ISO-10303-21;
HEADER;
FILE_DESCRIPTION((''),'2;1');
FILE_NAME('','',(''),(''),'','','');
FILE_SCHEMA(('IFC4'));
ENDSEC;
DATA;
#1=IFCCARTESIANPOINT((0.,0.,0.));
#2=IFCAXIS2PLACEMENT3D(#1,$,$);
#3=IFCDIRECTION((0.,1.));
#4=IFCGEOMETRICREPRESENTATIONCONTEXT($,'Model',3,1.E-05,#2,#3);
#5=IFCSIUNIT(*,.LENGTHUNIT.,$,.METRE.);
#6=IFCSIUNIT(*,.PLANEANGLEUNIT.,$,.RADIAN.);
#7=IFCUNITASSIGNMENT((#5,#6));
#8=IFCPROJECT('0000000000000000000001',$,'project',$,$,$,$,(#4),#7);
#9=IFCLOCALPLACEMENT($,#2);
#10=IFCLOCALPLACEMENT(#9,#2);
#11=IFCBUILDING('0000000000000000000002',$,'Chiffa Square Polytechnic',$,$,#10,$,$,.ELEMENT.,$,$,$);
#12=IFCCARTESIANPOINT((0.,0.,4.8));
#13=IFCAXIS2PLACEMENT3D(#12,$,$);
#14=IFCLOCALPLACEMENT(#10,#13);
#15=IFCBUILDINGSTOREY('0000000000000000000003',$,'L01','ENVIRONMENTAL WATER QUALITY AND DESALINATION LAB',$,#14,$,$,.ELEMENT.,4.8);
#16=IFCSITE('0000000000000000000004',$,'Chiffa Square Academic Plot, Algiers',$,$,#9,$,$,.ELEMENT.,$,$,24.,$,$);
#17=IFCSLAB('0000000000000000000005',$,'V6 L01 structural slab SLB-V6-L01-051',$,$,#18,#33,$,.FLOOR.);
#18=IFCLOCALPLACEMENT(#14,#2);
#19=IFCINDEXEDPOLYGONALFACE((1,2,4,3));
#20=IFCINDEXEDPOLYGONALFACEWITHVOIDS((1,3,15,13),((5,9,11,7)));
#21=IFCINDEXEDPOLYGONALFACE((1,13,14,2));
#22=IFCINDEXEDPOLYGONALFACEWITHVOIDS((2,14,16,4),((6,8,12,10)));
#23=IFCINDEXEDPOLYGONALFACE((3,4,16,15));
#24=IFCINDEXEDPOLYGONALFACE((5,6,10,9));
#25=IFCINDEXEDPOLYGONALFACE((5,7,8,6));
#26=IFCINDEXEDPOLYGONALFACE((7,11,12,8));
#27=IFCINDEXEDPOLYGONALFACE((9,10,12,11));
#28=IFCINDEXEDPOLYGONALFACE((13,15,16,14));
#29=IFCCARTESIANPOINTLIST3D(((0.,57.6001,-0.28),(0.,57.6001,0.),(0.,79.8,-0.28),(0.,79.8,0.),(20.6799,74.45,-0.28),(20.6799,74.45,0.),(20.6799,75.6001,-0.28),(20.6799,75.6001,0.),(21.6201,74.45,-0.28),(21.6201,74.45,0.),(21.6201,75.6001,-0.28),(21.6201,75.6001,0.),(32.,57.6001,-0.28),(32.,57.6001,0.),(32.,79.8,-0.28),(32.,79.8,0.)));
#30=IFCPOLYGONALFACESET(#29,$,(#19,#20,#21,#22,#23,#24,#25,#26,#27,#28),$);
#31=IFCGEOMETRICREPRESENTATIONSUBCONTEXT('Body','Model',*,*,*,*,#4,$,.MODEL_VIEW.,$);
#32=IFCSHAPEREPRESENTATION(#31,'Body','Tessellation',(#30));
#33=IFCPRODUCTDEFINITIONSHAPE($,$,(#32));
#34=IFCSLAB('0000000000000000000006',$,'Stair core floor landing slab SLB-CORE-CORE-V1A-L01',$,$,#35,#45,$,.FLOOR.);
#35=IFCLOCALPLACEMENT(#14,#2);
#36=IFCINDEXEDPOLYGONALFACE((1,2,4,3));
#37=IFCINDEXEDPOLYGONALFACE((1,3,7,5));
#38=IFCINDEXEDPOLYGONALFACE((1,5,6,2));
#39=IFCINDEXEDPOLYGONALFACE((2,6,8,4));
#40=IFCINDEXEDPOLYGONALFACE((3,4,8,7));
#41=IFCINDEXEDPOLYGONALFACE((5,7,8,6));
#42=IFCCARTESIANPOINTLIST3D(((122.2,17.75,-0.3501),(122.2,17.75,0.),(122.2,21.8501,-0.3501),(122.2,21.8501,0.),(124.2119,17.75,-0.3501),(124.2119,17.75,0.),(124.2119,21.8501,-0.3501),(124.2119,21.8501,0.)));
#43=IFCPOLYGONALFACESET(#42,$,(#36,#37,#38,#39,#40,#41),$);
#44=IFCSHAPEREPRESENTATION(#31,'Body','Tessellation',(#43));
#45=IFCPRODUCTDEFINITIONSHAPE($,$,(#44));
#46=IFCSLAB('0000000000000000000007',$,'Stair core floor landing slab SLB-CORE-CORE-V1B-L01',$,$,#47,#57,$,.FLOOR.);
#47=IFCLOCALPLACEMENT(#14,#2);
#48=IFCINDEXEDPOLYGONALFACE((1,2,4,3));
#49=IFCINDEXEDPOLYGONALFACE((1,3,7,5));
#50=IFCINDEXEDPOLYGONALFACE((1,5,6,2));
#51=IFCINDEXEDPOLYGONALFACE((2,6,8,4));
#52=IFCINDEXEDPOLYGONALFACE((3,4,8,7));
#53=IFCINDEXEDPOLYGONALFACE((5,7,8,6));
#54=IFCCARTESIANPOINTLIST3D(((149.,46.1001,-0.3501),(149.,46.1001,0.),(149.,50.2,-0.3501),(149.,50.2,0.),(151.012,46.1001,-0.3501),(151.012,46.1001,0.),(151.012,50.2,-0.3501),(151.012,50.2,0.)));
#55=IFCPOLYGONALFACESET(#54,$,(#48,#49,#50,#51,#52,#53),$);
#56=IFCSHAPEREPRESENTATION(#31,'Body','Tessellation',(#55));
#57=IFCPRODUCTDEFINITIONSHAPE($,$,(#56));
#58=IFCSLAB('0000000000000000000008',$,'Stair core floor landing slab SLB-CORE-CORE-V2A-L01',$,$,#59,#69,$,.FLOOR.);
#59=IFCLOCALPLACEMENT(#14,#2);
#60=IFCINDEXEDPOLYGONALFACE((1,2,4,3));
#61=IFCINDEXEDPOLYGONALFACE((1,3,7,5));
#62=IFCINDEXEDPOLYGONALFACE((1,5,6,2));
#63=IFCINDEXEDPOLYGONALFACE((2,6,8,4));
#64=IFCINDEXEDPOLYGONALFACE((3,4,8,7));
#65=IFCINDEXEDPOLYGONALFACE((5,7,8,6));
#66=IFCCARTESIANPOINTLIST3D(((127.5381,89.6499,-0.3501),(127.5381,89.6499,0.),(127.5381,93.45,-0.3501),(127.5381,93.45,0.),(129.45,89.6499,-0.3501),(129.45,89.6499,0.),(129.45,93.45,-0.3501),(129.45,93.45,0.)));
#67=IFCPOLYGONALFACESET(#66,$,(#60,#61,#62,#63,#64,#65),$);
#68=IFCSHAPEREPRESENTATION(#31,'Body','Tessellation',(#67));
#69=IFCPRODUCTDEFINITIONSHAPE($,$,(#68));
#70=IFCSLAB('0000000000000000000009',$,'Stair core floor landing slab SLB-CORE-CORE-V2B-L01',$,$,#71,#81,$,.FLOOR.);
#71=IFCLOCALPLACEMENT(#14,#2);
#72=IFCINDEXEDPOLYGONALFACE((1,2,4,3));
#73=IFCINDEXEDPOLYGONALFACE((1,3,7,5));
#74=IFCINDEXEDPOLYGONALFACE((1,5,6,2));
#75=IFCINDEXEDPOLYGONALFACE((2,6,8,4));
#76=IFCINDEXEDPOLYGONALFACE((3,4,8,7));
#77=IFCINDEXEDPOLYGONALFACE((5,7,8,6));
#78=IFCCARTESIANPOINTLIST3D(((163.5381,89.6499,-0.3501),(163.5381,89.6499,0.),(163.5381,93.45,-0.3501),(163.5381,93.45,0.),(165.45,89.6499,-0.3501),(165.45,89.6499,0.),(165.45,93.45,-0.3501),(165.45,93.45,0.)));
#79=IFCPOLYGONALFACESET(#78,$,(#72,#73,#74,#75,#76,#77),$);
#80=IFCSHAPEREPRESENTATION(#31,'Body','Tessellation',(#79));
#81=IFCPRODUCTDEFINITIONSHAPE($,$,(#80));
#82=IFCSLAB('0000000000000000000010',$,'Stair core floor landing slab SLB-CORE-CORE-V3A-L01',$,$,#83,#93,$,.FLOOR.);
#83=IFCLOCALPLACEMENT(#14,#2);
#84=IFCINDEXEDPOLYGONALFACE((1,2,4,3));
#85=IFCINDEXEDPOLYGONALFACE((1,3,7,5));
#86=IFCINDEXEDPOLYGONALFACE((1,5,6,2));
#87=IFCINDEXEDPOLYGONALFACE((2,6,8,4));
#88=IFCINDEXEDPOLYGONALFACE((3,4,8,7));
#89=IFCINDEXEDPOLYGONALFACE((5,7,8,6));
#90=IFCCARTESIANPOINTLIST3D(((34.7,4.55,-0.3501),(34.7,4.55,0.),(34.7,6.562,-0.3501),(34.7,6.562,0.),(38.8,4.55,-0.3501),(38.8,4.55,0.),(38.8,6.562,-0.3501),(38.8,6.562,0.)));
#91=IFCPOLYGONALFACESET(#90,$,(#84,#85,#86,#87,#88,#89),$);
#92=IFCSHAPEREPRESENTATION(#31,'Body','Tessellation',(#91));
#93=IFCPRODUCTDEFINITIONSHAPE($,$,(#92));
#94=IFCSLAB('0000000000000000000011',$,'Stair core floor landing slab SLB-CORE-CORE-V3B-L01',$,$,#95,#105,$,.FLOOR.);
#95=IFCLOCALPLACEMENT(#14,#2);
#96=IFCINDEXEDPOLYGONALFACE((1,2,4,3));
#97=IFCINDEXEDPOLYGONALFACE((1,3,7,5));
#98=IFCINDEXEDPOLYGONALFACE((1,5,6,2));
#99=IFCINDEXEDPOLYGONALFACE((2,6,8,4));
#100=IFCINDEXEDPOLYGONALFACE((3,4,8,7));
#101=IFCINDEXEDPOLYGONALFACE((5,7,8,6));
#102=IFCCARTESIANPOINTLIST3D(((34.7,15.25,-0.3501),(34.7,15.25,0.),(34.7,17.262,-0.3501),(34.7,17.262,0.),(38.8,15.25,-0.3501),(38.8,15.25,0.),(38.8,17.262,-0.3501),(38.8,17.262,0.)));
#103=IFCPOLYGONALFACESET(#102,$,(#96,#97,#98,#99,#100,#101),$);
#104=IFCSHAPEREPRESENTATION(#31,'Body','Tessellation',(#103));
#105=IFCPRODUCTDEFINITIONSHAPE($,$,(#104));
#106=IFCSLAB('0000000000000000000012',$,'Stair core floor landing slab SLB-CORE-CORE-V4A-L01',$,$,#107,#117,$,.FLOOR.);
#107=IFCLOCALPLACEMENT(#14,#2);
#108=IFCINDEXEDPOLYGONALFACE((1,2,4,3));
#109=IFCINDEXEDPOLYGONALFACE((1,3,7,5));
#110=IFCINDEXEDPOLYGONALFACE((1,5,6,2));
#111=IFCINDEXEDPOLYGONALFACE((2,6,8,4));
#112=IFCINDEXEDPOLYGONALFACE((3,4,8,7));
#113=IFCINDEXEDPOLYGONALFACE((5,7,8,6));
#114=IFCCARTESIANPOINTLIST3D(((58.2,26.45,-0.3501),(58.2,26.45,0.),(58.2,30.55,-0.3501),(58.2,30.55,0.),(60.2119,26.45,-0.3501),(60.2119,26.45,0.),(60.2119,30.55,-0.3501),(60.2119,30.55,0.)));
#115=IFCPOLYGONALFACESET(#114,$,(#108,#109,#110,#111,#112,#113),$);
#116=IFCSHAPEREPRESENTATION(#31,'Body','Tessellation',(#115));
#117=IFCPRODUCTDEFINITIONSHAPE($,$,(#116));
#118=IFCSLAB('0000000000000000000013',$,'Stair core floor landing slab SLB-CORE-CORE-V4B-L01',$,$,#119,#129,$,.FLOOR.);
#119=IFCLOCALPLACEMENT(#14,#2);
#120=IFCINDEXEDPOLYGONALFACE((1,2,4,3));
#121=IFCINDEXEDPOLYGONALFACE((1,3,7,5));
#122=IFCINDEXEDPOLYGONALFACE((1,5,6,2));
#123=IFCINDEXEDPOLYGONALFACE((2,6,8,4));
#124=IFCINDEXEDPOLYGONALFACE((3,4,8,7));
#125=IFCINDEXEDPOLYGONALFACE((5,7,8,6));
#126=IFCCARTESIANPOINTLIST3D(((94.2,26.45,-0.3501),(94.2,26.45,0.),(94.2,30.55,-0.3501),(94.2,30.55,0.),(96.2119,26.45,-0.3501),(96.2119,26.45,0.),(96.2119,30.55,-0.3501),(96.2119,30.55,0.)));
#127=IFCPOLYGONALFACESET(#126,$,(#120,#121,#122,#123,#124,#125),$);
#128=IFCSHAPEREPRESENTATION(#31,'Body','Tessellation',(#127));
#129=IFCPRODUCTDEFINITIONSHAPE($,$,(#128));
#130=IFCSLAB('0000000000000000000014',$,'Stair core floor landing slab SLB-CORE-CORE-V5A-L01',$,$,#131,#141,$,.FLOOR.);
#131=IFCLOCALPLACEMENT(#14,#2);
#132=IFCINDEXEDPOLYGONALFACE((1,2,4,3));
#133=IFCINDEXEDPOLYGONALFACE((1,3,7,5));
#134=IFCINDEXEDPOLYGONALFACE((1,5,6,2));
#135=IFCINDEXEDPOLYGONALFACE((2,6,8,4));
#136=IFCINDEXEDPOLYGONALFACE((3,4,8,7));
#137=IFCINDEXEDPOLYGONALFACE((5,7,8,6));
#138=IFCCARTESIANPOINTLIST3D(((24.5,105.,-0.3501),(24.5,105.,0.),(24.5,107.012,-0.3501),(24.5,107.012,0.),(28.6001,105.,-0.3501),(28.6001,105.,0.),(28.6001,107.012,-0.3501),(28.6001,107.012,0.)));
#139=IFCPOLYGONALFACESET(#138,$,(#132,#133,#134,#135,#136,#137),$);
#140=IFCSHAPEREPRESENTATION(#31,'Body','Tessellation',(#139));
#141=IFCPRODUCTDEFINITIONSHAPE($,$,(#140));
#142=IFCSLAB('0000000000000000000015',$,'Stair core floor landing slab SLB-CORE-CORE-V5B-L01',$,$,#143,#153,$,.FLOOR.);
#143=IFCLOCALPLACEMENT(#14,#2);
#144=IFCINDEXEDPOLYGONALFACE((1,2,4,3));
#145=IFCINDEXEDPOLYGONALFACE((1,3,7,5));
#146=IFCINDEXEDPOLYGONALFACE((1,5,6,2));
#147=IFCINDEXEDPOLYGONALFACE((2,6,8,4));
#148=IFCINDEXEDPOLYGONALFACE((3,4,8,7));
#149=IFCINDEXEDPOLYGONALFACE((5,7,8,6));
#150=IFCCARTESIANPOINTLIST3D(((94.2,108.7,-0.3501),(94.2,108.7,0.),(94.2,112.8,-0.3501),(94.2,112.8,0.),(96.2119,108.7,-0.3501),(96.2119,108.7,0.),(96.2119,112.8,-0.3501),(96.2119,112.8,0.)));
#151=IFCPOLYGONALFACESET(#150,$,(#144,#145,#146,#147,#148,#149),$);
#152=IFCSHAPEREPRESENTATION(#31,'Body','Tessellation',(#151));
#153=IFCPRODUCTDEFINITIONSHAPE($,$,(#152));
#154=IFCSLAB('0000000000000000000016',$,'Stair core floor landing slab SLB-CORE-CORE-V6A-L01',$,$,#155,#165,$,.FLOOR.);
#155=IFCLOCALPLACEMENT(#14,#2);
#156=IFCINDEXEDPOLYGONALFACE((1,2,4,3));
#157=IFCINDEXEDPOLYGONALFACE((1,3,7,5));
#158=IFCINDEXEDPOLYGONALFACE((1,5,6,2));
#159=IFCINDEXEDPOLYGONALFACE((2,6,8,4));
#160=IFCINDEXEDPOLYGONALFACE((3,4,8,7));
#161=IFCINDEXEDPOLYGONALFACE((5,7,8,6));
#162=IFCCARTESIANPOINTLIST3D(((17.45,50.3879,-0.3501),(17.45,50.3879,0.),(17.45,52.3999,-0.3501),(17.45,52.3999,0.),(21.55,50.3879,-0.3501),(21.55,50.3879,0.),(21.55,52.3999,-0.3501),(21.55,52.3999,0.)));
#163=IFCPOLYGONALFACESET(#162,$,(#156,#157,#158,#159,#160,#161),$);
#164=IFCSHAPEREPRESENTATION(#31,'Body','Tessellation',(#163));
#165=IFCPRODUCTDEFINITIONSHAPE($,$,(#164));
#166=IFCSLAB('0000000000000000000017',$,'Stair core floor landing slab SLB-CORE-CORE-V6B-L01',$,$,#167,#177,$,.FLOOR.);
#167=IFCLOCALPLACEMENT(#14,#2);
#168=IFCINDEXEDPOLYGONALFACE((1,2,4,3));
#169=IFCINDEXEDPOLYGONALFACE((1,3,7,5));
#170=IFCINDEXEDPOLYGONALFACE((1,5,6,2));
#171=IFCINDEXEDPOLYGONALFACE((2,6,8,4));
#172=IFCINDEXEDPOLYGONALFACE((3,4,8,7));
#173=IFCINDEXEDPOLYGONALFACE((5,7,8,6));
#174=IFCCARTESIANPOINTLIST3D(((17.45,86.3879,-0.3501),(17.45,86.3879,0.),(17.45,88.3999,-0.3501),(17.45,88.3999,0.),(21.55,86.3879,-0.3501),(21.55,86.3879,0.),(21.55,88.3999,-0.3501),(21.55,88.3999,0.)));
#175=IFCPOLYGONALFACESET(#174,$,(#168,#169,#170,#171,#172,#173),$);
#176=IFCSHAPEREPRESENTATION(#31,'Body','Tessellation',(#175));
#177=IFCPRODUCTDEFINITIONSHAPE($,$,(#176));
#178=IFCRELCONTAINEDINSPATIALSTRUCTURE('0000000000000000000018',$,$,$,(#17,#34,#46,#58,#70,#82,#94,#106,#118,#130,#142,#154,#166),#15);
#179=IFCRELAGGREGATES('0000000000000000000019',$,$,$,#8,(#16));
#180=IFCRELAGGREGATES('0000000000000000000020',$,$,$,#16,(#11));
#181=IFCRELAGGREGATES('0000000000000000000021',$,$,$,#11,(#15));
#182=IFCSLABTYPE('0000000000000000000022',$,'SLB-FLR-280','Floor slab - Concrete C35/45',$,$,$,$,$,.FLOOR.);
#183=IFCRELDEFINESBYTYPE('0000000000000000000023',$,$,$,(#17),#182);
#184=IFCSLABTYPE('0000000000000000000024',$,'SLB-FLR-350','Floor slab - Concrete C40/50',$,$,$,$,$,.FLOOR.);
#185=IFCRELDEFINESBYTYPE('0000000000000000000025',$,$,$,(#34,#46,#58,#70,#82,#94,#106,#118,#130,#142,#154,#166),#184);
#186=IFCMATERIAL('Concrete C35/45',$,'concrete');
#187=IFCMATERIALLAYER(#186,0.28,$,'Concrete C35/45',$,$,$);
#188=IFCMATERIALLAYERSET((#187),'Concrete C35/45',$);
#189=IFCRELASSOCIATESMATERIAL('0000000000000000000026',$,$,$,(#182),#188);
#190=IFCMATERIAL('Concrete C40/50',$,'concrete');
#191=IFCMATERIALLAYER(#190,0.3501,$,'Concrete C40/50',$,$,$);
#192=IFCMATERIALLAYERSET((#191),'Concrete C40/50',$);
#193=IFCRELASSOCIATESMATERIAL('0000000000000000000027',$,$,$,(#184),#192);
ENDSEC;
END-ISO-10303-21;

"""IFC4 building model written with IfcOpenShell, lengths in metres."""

from ifc_helpers import new_model, si_unit, direction, frame, origin, place, context, subcontext, project, spatial, polyline, outline, extrude, material, layer, layer_set, type_object, element, save


model = new_model("IFC4")

# Units and contexts
model_context = context("Model", 3, precision=1e-05, world=origin(), true_north=direction((0.0, 1.0)))
body_context = subcontext(model_context, "Body", "Model", "MODEL_VIEW")
ifc_project = project(units=[si_unit("LENGTHUNIT", "METRE"), si_unit("PLANEANGLEUNIT", "RADIAN")], contexts=[model_context])

# Site, building, storey
site_placement = place(None, origin())
site = spatial("IfcSite", under=ifc_project, at=site_placement, Name="Chiffa Square Academic Plot, Algiers", CompositionType="ELEMENT", RefElevation=24.0)
building_placement = place(site_placement, origin())
building = spatial("IfcBuilding", under=site, at=building_placement, Name="Chiffa Square Polytechnic", CompositionType="ELEMENT")
storey_placement = place(building_placement, frame((0.0, 0.0, 4.8)))
storey = spatial("IfcBuildingStorey", under=building, at=storey_placement, Name="L01", Description="ENVIRONMENTAL WATER QUALITY AND DESALINATION LAB", CompositionType="ELEMENT", Elevation=4.8)

# Shared definitions
ifc_material_1 = material(Name="Concrete C35/45", Category="concrete")

# Slabs
ifc_layer_1 = layer(ifc_material_1, 0.28, Name="Concrete C35/45")
ifc_layer_set_1 = layer_set([ifc_layer_1], Name="Concrete C35/45")
slab_type_1 = type_object("IfcSlabType", Name="SLB-FLR-280", Description="Floor slab - Concrete C35/45", PredefinedType="FLOOR", material=ifc_layer_set_1)
slab_1_placement = place(storey_placement, frame((0.0, 0.0, -0.28)))
element("IfcSlab", 1, at=slab_1_placement, inside=storey, type_object=slab_type_1, Name="V6 L01 structural slab SLB-V6-L01-051", PredefinedType="FLOOR", context=body_context, shape_type="SweptSolid", body=[
    extrude(outline(polyline([(32.0, 57.6001), (0.0, 57.6001), (0.0, 79.8), (32.0, 79.8), (32.0, 57.6001)]), holes=[polyline([(20.6799, 75.6001), (21.6201, 75.6001), (21.6201, 74.45), (20.6799, 74.45), (20.6799, 75.6001)])]), origin(), (0.0, 0.0, 1.0), 0.28),
])
ifc_material_2 = material(Name="Concrete C40/50", Category="concrete")
ifc_layer_2 = layer(ifc_material_2, 0.3501, Name="Concrete C40/50")
ifc_layer_set_2 = layer_set([ifc_layer_2], Name="Concrete C40/50")
slab_type_2 = type_object("IfcSlabType", Name="SLB-FLR-350", Description="Floor slab - Concrete C40/50", PredefinedType="FLOOR", material=ifc_layer_set_2)
slab_2_placement = place(storey_placement, frame((0.0, 0.0, -0.3501)))
element("IfcSlab", 2, at=slab_2_placement, inside=storey, type_object=slab_type_2, Name="Stair core floor landing slab SLB-CORE-CORE-V1A-L01", PredefinedType="FLOOR", context=body_context, shape_type="SweptSolid", body=[
    extrude(outline(polyline([(122.2, 17.75), (124.2119, 17.75), (124.2119, 21.8501), (122.2, 21.8501), (122.2, 17.75)])), origin(), (0.0, 0.0, 1.0), 0.3501),
])
slab_3_placement = place(storey_placement, frame((0.0, 0.0, -0.3501)))
element("IfcSlab", 3, at=slab_3_placement, inside=storey, type_object=slab_type_2, Name="Stair core floor landing slab SLB-CORE-CORE-V1B-L01", PredefinedType="FLOOR", context=body_context, shape_type="SweptSolid", body=[
    extrude(outline(polyline([(149.0, 46.1001), (151.012, 46.1001), (151.012, 50.2), (149.0, 50.2), (149.0, 46.1001)])), origin(), (0.0, 0.0, 1.0), 0.3501),
])
slab_4_placement = place(storey_placement, frame((0.0, 0.0, -0.3501)))
element("IfcSlab", 4, at=slab_4_placement, inside=storey, type_object=slab_type_2, Name="Stair core floor landing slab SLB-CORE-CORE-V2A-L01", PredefinedType="FLOOR", context=body_context, shape_type="SweptSolid", body=[
    extrude(outline(polyline([(129.45, 93.45), (127.5381, 93.45), (127.5381, 89.6499), (129.45, 89.6499), (129.45, 93.45)])), origin(), (0.0, 0.0, 1.0), 0.3501),
])
slab_5_placement = place(storey_placement, frame((0.0, 0.0, -0.3501)))
element("IfcSlab", 5, at=slab_5_placement, inside=storey, type_object=slab_type_2, Name="Stair core floor landing slab SLB-CORE-CORE-V2B-L01", PredefinedType="FLOOR", context=body_context, shape_type="SweptSolid", body=[
    extrude(outline(polyline([(165.45, 93.45), (163.5381, 93.45), (163.5381, 89.6499), (165.45, 89.6499), (165.45, 93.45)])), origin(), (0.0, 0.0, 1.0), 0.3501),
])
slab_6_placement = place(storey_placement, frame((0.0, 0.0, -0.3501)))
element("IfcSlab", 6, at=slab_6_placement, inside=storey, type_object=slab_type_2, Name="Stair core floor landing slab SLB-CORE-CORE-V3A-L01", PredefinedType="FLOOR", context=body_context, shape_type="SweptSolid", body=[
    extrude(outline(polyline([(38.8, 4.55), (38.8, 6.562), (34.7, 6.562), (34.7, 4.55), (38.8, 4.55)])), origin(), (0.0, 0.0, 1.0), 0.3501),
])
slab_7_placement = place(storey_placement, frame((0.0, 0.0, -0.3501)))
element("IfcSlab", 7, at=slab_7_placement, inside=storey, type_object=slab_type_2, Name="Stair core floor landing slab SLB-CORE-CORE-V3B-L01", PredefinedType="FLOOR", context=body_context, shape_type="SweptSolid", body=[
    extrude(outline(polyline([(38.8, 15.25), (38.8, 17.262), (34.7, 17.262), (34.7, 15.25), (38.8, 15.25)])), origin(), (0.0, 0.0, 1.0), 0.3501),
])
slab_8_placement = place(storey_placement, frame((0.0, 0.0, -0.3501)))
element("IfcSlab", 8, at=slab_8_placement, inside=storey, type_object=slab_type_2, Name="Stair core floor landing slab SLB-CORE-CORE-V4A-L01", PredefinedType="FLOOR", context=body_context, shape_type="SweptSolid", body=[
    extrude(outline(polyline([(58.2, 26.45), (60.2119, 26.45), (60.2119, 30.55), (58.2, 30.55), (58.2, 26.45)])), origin(), (0.0, 0.0, 1.0), 0.3501),
])
slab_9_placement = place(storey_placement, frame((0.0, 0.0, -0.3501)))
element("IfcSlab", 9, at=slab_9_placement, inside=storey, type_object=slab_type_2, Name="Stair core floor landing slab SLB-CORE-CORE-V4B-L01", PredefinedType="FLOOR", context=body_context, shape_type="SweptSolid", body=[
    extrude(outline(polyline([(94.2, 26.45), (96.2119, 26.45), (96.2119, 30.55), (94.2, 30.55), (94.2, 26.45)])), origin(), (0.0, 0.0, 1.0), 0.3501),
])
slab_10_placement = place(storey_placement, frame((0.0, 0.0, -0.3501)))
element("IfcSlab", 10, at=slab_10_placement, inside=storey, type_object=slab_type_2, Name="Stair core floor landing slab SLB-CORE-CORE-V5A-L01", PredefinedType="FLOOR", context=body_context, shape_type="SweptSolid", body=[
    extrude(outline(polyline([(28.6001, 105.0), (28.6001, 107.012), (24.5, 107.012), (24.5, 105.0), (28.6001, 105.0)])), origin(), (0.0, 0.0, 1.0), 0.3501),
])
slab_11_placement = place(storey_placement, frame((0.0, 0.0, -0.3501)))
element("IfcSlab", 11, at=slab_11_placement, inside=storey, type_object=slab_type_2, Name="Stair core floor landing slab SLB-CORE-CORE-V5B-L01", PredefinedType="FLOOR", context=body_context, shape_type="SweptSolid", body=[
    extrude(outline(polyline([(94.2, 108.7), (96.2119, 108.7), (96.2119, 112.8), (94.2, 112.8), (94.2, 108.7)])), origin(), (0.0, 0.0, 1.0), 0.3501),
])
slab_12_placement = place(storey_placement, frame((0.0, 0.0, -0.3501)))
element("IfcSlab", 12, at=slab_12_placement, inside=storey, type_object=slab_type_2, Name="Stair core floor landing slab SLB-CORE-CORE-V6A-L01", PredefinedType="FLOOR", context=body_context, shape_type="SweptSolid", body=[
    extrude(outline(polyline([(17.45, 52.3999), (17.45, 50.3879), (21.55, 50.3879), (21.55, 52.3999), (17.45, 52.3999)])), origin(), (0.0, 0.0, 1.0), 0.3501),
])
slab_13_placement = place(storey_placement, frame((0.0, 0.0, -0.3501)))
element("IfcSlab", 13, at=slab_13_placement, inside=storey, type_object=slab_type_2, Name="Stair core floor landing slab SLB-CORE-CORE-V6B-L01", PredefinedType="FLOOR", context=body_context, shape_type="SweptSolid", body=[
    extrude(outline(polyline([(17.45, 88.3999), (17.45, 86.3879), (21.55, 86.3879), (21.55, 88.3999), (17.45, 88.3999)])), origin(), (0.0, 0.0, 1.0), 0.3501),
])

save(model, "model.ifc")
